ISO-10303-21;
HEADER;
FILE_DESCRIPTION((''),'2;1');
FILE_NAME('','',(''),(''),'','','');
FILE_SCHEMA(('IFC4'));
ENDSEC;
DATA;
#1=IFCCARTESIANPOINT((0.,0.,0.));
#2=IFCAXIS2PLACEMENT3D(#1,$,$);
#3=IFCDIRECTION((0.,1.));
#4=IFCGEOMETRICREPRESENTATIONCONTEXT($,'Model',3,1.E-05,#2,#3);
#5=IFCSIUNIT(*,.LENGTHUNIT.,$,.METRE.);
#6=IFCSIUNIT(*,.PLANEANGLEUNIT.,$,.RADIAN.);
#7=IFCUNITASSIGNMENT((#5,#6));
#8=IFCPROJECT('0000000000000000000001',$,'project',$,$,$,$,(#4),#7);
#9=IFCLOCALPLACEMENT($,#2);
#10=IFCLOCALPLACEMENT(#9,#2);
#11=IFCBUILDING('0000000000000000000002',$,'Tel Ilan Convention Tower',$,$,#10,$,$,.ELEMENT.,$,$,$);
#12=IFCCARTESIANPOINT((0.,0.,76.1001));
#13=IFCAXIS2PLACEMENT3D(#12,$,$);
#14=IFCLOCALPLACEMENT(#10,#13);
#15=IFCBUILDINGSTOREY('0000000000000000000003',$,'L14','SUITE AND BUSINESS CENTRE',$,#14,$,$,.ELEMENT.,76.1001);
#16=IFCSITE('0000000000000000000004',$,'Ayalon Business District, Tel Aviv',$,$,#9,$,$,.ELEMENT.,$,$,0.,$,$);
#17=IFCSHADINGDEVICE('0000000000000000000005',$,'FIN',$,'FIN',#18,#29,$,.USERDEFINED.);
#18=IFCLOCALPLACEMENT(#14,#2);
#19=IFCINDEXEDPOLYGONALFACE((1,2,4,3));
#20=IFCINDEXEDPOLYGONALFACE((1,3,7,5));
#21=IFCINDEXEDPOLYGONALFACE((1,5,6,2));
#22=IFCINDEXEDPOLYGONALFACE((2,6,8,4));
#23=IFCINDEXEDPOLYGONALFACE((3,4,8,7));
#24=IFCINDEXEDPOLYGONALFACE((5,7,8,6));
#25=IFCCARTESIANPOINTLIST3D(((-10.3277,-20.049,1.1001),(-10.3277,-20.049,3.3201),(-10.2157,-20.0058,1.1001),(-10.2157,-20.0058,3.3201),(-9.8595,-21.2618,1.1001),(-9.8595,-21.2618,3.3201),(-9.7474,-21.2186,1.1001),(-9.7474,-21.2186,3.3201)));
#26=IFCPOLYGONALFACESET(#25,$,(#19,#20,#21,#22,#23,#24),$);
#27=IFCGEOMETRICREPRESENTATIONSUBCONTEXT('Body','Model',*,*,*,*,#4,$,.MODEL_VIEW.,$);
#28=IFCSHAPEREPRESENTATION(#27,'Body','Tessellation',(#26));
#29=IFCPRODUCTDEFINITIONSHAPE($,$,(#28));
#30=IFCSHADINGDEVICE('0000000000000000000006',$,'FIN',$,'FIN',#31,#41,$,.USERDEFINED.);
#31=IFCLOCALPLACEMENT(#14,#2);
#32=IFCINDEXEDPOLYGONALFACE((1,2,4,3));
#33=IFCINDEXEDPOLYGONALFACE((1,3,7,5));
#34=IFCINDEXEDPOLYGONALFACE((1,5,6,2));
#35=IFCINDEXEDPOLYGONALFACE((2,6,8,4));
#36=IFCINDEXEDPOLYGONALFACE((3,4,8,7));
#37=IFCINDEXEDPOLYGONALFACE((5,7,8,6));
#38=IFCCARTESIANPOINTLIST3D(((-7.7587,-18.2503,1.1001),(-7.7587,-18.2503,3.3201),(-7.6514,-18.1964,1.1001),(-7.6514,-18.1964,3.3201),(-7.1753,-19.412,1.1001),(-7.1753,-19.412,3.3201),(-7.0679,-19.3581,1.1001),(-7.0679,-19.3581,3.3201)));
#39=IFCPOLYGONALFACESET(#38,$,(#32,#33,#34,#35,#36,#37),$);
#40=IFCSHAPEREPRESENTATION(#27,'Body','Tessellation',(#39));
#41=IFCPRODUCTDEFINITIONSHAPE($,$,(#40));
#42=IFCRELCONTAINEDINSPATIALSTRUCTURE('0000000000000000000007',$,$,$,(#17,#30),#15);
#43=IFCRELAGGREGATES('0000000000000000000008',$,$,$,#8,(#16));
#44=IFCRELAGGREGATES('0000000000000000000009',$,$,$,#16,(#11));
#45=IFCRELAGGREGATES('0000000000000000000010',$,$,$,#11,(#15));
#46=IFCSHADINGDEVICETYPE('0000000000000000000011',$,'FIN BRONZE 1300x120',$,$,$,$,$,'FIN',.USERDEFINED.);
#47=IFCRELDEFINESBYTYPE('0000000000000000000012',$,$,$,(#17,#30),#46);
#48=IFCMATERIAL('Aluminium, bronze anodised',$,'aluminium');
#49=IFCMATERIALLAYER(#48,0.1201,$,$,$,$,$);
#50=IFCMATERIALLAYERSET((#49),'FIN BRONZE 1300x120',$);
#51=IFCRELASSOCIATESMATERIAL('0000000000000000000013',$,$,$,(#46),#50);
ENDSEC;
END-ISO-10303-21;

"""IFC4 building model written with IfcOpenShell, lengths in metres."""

from ifc_helpers import new_model, si_unit, direction, frame, origin, origin_2d, place, context, subcontext, project, spatial, rectangle, extrude, material, layer, layer_set, type_object, element, save


model = new_model("IFC4")

# Units and contexts
model_context = context("Model", 3, precision=1e-05, world=origin(), true_north=direction((0.0, 1.0)))
body_context = subcontext(model_context, "Body", "Model", "MODEL_VIEW")
ifc_project = project(units=[si_unit("LENGTHUNIT", "METRE"), si_unit("PLANEANGLEUNIT", "RADIAN")], contexts=[model_context])

# Site, building, storey
site_placement = place(None, origin())
site = spatial("IfcSite", under=ifc_project, at=site_placement, Name="Ayalon Business District, Tel Aviv", CompositionType="ELEMENT", RefElevation=0.0)
building_placement = place(site_placement, origin())
building = spatial("IfcBuilding", under=site, at=building_placement, Name="Tel Ilan Convention Tower", CompositionType="ELEMENT")
storey_placement = place(building_placement, frame((0.0, 0.0, 76.1001)))
storey = spatial("IfcBuildingStorey", under=building, at=storey_placement, Name="L14", Description="SUITE AND BUSINESS CENTRE", CompositionType="ELEMENT", Elevation=76.1001)

# Shading devices
ifc_material_1 = material(Name="Aluminium, bronze anodised", Category="aluminium")
ifc_layer_1 = layer(ifc_material_1, 0.1201)
ifc_layer_set_1 = layer_set([ifc_layer_1], Name="FIN BRONZE 1300x120")
shading_device_type = type_object("IfcShadingDeviceType", Name="FIN BRONZE 1300x120", ElementType="FIN", PredefinedType="USERDEFINED", material=ifc_layer_set_1)
for number, where, z_axis, x_axis, name in (
    (1, (-10.0376, -20.6338, 1.1001), (0.0, 0.0, 1.0), (0.360178, -0.932884, 0.0), "FIN"),
    (2, (-7.4133, -18.8042, 1.1001), (0.0, 0.0, 1.0), (0.448799, -0.893633, 0.0), "FIN"),
):
    element("IfcShadingDevice", number, at=place(storey_placement, frame(where, z_axis=z_axis, x_axis=x_axis)), inside=storey, type_object=shading_device_type, Name=name, ObjectType="FIN", PredefinedType="USERDEFINED", context=body_context, shape_type="SweptSolid", body=[
        extrude(rectangle(XDim=1.3, YDim=0.1201, at=origin_2d()), origin(), (0.0, 0.0, 1.0), 2.22),
    ])

save(model, "model.ifc")
